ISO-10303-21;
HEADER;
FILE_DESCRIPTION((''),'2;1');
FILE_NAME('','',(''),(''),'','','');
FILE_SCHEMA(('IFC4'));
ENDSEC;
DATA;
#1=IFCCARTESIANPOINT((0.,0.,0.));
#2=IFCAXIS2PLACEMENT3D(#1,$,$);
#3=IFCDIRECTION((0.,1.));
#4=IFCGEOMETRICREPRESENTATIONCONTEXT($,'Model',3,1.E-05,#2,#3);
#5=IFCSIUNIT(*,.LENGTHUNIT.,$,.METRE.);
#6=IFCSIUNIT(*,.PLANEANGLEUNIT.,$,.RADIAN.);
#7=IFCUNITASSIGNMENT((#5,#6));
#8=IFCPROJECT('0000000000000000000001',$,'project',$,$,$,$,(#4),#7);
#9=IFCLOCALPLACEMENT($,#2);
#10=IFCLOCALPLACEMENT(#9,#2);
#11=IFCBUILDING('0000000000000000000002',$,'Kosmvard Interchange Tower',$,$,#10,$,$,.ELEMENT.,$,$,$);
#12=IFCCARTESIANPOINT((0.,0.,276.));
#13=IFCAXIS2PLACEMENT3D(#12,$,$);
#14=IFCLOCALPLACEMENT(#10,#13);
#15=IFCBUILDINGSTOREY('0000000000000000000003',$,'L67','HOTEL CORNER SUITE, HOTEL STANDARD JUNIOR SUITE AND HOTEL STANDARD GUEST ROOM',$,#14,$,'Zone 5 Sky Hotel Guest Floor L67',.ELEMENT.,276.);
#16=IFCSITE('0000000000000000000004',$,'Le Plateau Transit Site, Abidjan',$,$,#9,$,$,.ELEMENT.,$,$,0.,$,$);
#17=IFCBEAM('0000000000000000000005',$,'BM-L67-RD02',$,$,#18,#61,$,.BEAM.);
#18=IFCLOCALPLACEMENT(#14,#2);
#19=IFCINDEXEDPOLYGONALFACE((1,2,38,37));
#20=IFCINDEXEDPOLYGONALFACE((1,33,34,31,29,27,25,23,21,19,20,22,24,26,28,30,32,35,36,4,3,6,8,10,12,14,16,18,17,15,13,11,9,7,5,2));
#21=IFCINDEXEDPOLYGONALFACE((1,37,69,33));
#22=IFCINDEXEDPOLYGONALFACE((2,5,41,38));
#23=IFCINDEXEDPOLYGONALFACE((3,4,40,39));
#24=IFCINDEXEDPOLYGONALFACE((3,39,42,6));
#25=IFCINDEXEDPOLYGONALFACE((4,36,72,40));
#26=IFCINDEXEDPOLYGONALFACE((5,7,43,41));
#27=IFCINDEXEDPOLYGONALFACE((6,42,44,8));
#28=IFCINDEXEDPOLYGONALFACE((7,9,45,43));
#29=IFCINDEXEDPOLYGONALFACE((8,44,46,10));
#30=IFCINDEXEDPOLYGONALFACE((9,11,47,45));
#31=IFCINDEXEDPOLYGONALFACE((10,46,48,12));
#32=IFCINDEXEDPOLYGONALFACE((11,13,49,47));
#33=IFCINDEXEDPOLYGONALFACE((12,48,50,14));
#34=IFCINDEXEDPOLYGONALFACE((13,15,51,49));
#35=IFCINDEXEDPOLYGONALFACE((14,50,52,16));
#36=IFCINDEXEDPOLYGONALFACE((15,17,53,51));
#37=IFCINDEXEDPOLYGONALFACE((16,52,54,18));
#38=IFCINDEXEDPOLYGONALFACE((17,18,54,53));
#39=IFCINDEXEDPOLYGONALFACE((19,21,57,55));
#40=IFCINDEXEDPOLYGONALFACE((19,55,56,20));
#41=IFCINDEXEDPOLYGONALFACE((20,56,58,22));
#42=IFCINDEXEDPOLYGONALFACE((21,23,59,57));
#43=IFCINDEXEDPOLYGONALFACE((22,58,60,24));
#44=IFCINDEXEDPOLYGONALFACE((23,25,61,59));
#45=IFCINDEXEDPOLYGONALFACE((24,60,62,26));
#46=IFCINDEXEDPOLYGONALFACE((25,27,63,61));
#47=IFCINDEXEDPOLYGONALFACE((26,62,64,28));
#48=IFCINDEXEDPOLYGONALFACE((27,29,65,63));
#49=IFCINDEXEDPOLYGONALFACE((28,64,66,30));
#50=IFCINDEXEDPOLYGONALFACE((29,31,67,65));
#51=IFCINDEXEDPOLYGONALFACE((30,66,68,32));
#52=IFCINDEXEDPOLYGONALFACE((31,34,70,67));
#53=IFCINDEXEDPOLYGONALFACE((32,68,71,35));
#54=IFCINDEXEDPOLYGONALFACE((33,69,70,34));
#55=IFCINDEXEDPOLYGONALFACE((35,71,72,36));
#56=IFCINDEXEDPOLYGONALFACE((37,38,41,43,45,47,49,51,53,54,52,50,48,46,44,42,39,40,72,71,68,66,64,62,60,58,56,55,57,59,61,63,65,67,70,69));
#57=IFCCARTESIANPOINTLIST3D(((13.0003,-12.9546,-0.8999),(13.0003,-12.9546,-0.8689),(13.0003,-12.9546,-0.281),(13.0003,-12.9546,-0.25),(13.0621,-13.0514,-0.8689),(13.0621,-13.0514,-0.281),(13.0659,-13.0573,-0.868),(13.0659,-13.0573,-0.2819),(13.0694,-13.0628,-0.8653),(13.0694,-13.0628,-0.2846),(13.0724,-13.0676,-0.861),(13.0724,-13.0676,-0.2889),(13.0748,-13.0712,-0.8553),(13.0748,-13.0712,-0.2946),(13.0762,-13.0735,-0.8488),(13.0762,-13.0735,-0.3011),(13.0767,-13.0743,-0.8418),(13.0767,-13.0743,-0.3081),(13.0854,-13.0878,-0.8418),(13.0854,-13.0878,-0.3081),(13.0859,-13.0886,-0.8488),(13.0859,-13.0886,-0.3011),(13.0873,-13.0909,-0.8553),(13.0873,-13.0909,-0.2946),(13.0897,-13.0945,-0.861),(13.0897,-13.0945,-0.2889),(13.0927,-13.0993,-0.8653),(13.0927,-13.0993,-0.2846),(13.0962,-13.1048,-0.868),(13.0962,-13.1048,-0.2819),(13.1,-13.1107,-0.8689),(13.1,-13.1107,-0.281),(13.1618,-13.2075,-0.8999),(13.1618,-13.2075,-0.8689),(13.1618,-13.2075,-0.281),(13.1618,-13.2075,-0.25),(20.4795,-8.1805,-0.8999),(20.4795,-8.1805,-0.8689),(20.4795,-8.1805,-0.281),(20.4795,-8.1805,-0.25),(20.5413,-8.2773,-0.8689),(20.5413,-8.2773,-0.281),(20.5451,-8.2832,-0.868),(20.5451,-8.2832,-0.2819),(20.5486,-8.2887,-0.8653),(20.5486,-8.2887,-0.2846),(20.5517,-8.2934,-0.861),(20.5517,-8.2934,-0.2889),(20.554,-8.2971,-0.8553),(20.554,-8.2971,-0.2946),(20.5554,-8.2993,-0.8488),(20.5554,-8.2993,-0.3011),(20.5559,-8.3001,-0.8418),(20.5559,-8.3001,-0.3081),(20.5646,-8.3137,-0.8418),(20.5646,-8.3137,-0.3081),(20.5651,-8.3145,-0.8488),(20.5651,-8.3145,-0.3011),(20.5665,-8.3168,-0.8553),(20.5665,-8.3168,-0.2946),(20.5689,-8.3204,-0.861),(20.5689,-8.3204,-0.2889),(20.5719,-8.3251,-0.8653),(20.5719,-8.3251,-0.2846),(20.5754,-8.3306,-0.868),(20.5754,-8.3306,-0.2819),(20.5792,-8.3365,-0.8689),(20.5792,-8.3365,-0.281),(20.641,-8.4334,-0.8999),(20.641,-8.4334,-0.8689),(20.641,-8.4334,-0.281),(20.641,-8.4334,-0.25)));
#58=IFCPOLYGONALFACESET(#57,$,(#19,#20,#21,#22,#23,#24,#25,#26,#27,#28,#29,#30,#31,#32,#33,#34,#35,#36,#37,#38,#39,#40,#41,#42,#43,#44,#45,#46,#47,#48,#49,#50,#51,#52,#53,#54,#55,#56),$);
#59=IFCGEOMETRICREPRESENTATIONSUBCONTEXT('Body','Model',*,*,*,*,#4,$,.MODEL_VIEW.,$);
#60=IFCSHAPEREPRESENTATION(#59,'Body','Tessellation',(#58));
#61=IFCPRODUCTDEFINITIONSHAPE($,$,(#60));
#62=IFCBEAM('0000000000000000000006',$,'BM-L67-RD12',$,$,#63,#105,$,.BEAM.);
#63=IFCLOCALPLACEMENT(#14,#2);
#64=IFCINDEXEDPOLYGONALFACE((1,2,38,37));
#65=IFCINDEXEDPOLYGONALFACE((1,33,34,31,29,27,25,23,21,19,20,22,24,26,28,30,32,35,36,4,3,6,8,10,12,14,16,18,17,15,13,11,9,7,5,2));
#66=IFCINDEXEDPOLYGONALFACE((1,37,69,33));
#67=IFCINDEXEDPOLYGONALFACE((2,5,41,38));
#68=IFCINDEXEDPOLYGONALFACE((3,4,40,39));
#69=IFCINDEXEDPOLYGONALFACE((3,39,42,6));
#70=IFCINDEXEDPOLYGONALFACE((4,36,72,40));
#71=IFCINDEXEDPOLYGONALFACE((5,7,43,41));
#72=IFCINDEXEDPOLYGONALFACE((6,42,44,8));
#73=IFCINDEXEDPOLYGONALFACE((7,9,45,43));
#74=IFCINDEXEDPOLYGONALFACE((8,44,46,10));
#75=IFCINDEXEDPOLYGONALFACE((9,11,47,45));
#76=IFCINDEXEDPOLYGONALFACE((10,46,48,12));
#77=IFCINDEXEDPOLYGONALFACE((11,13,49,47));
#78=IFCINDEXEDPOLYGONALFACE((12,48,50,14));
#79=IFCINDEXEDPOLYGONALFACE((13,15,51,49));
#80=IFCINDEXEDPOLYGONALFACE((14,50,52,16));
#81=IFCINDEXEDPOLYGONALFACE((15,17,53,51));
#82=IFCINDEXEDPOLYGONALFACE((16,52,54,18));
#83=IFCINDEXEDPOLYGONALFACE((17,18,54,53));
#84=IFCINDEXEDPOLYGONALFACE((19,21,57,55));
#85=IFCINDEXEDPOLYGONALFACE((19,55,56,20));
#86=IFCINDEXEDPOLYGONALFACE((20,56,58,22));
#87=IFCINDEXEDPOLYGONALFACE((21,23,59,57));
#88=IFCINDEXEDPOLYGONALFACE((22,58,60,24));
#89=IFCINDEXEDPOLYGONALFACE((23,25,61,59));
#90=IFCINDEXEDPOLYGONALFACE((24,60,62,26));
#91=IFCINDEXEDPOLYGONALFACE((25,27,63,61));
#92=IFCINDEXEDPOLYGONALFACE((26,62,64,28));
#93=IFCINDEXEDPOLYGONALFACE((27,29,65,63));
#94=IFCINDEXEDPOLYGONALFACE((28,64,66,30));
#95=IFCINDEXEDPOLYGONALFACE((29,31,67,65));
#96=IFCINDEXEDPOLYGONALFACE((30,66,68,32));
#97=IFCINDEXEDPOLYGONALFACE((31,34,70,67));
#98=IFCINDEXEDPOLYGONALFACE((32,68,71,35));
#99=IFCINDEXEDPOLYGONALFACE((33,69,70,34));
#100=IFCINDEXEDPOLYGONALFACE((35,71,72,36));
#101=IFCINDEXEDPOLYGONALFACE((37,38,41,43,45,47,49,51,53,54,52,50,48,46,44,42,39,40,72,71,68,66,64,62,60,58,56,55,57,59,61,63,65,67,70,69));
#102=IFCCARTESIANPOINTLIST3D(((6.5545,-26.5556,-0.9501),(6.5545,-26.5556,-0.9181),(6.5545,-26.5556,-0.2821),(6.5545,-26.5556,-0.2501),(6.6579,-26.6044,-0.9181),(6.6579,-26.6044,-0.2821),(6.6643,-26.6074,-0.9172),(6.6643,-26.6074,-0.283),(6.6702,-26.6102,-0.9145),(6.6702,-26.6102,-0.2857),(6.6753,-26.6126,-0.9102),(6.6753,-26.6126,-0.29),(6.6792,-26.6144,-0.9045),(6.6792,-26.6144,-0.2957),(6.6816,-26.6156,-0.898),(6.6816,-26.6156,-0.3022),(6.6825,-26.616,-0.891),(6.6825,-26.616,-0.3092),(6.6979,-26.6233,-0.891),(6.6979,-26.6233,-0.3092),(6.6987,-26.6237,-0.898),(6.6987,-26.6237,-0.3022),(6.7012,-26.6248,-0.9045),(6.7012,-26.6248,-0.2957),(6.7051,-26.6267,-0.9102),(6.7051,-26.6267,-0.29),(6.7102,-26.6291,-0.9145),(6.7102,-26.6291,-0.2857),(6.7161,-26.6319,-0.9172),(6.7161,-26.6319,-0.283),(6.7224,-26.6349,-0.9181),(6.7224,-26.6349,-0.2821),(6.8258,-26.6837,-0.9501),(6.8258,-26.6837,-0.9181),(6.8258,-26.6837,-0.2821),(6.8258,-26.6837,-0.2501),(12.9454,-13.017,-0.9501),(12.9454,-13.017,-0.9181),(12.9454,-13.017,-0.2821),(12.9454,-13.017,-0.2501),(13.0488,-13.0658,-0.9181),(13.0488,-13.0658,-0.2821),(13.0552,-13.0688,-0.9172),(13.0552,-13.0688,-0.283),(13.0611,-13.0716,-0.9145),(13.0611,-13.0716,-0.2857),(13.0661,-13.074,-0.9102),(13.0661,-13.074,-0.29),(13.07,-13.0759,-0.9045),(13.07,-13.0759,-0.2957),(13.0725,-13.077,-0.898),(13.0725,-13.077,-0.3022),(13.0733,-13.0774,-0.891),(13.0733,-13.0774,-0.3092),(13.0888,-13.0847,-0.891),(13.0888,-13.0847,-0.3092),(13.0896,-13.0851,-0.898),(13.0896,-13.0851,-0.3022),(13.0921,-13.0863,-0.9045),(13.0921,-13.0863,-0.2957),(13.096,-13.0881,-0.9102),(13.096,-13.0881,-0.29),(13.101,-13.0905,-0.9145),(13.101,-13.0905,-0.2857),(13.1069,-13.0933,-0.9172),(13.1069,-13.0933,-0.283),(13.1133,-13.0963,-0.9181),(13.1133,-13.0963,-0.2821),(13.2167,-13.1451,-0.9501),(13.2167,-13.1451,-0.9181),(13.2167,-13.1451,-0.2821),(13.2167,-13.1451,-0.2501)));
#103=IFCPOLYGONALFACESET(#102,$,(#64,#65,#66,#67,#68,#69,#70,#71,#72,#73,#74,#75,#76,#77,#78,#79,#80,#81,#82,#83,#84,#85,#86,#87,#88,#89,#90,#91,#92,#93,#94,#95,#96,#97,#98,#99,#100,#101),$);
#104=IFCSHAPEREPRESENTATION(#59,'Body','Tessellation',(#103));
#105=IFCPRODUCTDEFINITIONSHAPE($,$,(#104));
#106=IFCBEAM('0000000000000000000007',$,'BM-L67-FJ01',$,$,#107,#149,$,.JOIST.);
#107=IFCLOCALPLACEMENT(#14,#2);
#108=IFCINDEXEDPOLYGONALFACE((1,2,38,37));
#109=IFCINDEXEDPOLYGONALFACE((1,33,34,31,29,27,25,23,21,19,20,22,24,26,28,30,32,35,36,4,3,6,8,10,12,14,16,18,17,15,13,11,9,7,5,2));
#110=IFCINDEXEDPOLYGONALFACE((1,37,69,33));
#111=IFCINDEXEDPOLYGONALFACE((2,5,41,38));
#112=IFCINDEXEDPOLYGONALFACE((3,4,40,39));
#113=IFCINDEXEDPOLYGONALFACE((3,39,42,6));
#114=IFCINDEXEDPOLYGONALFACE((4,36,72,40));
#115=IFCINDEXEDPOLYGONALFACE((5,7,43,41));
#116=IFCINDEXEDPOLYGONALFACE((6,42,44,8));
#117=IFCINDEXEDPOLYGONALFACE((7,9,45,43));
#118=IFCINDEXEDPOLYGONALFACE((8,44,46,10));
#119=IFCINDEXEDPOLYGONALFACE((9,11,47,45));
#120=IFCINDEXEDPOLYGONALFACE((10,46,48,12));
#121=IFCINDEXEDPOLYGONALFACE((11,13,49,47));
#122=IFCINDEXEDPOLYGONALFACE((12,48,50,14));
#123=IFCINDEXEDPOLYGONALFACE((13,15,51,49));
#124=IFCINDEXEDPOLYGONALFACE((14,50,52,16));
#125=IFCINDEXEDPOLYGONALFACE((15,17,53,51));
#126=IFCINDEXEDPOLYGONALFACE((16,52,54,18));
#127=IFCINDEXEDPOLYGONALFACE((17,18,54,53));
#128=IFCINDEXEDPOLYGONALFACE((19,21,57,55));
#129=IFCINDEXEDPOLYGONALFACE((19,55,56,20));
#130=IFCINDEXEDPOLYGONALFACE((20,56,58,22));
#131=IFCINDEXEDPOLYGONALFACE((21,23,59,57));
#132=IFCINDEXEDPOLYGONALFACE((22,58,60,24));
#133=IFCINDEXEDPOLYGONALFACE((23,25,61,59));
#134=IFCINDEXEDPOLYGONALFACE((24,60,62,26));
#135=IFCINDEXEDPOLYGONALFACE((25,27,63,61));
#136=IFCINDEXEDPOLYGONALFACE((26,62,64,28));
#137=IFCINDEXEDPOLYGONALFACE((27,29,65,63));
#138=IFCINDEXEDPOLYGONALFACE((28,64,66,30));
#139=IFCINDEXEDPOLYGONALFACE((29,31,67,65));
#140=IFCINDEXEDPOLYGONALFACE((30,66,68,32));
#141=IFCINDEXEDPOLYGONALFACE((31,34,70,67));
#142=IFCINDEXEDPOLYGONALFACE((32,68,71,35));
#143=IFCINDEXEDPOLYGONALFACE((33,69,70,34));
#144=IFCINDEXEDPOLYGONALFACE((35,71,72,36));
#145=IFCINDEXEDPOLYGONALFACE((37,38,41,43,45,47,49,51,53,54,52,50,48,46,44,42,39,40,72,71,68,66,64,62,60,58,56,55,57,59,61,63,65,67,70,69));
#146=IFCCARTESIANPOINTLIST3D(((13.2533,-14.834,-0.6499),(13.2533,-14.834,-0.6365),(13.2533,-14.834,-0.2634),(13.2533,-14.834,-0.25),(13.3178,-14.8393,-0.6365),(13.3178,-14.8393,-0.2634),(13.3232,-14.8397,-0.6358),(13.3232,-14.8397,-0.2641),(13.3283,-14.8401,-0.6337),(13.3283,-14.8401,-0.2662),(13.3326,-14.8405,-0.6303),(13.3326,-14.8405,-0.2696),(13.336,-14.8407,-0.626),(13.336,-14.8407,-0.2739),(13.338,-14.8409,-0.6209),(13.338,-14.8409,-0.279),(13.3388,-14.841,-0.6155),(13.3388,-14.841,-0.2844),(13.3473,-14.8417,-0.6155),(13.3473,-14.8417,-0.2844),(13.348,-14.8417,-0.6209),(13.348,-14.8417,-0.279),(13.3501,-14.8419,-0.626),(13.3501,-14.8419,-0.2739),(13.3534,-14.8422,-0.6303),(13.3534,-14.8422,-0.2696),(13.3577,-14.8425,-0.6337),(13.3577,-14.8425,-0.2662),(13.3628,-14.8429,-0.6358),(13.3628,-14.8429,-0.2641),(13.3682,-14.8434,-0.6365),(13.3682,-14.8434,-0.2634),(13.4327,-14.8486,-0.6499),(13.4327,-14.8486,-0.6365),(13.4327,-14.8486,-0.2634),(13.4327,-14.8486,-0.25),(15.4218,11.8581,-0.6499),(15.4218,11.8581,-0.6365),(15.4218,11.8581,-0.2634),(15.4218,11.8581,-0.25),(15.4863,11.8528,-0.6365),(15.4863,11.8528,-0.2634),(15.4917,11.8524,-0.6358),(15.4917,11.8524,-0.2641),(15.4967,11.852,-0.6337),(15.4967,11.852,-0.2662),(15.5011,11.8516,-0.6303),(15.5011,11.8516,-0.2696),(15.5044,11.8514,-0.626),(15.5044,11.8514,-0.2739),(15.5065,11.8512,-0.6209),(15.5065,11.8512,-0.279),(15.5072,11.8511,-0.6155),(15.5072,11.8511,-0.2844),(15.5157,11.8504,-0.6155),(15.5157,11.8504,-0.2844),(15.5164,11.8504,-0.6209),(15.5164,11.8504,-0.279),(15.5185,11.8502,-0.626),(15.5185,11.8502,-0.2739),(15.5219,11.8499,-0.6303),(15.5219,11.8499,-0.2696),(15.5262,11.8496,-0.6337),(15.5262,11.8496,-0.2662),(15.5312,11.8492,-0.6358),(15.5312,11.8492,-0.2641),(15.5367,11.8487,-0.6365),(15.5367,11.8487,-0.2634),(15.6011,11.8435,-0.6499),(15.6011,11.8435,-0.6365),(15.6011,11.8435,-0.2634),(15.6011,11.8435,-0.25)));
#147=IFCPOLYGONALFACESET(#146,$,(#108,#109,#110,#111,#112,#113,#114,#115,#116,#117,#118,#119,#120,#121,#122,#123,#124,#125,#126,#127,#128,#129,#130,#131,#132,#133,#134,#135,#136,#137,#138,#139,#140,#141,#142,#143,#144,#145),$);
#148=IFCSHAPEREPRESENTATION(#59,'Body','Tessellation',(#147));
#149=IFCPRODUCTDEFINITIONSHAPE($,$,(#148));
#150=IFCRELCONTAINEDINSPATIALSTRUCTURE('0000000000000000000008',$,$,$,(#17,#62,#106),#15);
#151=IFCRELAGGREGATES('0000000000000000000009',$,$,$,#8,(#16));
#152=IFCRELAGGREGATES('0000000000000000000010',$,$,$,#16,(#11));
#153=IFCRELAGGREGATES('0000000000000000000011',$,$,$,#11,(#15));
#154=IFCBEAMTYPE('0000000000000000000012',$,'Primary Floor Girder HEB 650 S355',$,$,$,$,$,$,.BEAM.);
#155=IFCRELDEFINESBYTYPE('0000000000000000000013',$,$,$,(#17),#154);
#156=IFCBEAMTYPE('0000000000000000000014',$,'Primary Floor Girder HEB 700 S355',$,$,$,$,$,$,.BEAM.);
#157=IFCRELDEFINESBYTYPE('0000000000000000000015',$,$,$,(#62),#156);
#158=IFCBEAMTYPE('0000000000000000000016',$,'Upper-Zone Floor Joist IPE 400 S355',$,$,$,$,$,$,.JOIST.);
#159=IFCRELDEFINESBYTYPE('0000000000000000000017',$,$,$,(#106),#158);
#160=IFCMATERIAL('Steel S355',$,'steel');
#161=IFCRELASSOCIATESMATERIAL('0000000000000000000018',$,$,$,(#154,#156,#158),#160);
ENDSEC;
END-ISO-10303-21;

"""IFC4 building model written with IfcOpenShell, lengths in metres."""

from ifc_helpers import new_model, si_unit, direction, frame, origin, origin_2d, place, context, subcontext, project, spatial, i_section, extrude, source, transform, mapped, material, material_profile, profile_set, type_object, element, save


model = new_model("IFC4")

# Units and contexts
model_context = context("Model", 3, precision=1e-05, world=origin(), true_north=direction((0.0, 1.0)))
body_context = subcontext(model_context, "Body", "Model", "MODEL_VIEW")
ifc_project = project(units=[si_unit("LENGTHUNIT", "METRE"), si_unit("PLANEANGLEUNIT", "RADIAN")], contexts=[model_context])

# Site, building, storey
site_placement = place(None, origin())
site = spatial("IfcSite", under=ifc_project, at=site_placement, Name="Le Plateau Transit Site, Abidjan", CompositionType="ELEMENT", RefElevation=0.0)
building_placement = place(site_placement, origin())
building = spatial("IfcBuilding", under=site, at=building_placement, Name="Kosmvard Interchange Tower", CompositionType="ELEMENT")
storey_placement = place(building_placement, frame((0.0, 0.0, 276.0)))
storey = spatial("IfcBuildingStorey", under=building, at=storey_placement, Name="L67", Description="HOTEL CORNER SUITE, HOTEL STANDARD JUNIOR SUITE AND HOTEL STANDARD GUEST ROOM", LongName="Zone 5 Sky Hotel Guest Floor L67", CompositionType="ELEMENT", Elevation=276.0)

# Beams
ifc_material_1 = material(Name="Steel S355", Category="steel")
ifc_material_profile_1 = material_profile(ifc_material_1, i_section(OverallWidth=0.3, OverallDepth=0.6499, WebThickness=0.0161, FlangeThickness=0.031, FilletRadius=0.0271, at=origin_2d()), Name="HEB 650")
ifc_profile_set_1 = profile_set([ifc_material_profile_1], Name="Steel S355")
beam_type_1 = type_object("IfcBeamType", Name="Primary Floor Girder HEB 650 S355", PredefinedType="BEAM", material=ifc_profile_set_1)
shared_shape_1 = source(origin(), body_context, "Body", "SweptSolid", [
    extrude(i_section(OverallWidth=0.3, OverallDepth=0.6499, WebThickness=0.0161, FlangeThickness=0.031, FilletRadius=0.0271, at=origin_2d()), origin(), (0.0, 0.0, 1.0), 8.873),
])
beam_1_placement = place(storey_placement, frame((13.0811, -13.0811, -0.575), z_axis=(0.842913, 0.53805, 0.0), x_axis=(-0.53805, 0.842913, 0.0)))
element("IfcBeam", 1, at=beam_1_placement, inside=storey, type_object=beam_type_1, Name="BM-L67-RD02", PredefinedType="BEAM", context=body_context, shape_type="MappedRepresentation", body=[
    mapped(shared_shape_1, transform((0.0, 0.0, 0.0), scale=1.0)),
])
ifc_material_profile_2 = material_profile(ifc_material_1, i_section(OverallWidth=0.3, OverallDepth=0.7, WebThickness=0.0171, FlangeThickness=0.032, FilletRadius=0.0271, at=origin_2d()), Name="HEB 700")
ifc_profile_set_2 = profile_set([ifc_material_profile_2], Name="Steel S355")
beam_type_2 = type_object("IfcBeamType", Name="Primary Floor Girder HEB 700 S355", PredefinedType="BEAM", material=ifc_profile_set_2)
shared_shape_2 = source(origin(), body_context, "Body", "SweptSolid", [
    extrude(i_section(OverallWidth=0.3, OverallDepth=0.7, WebThickness=0.0171, FlangeThickness=0.032, FilletRadius=0.0271, at=origin_2d()), origin(), (0.0, 0.0, 1.0), 14.9712),
])
beam_2_placement = place(storey_placement, frame((13.0811, -13.0811, -0.6001), z_axis=(-0.426878, -0.904309, 0.0), x_axis=(0.904309, -0.426878, 0.0)))
element("IfcBeam", 2, at=beam_2_placement, inside=storey, type_object=beam_type_2, Name="BM-L67-RD12", PredefinedType="BEAM", context=body_context, shape_type="MappedRepresentation", body=[
    mapped(shared_shape_2, transform((0.0, 0.0, 0.0), scale=1.0)),
])
ifc_material_profile_3 = material_profile(ifc_material_1, i_section(OverallWidth=0.1799, OverallDepth=0.3999, WebThickness=0.0085, FlangeThickness=0.0134, FilletRadius=0.021, at=origin_2d()), Name="IPE 400")
ifc_profile_set_3 = profile_set([ifc_material_profile_3], Name="Steel S355")
beam_type_3 = type_object("IfcBeamType", Name="Upper-Zone Floor Joist IPE 400 S355", PredefinedType="JOIST", material=ifc_profile_set_3)
shared_shape_3 = source(origin(), body_context, "Body", "SweptSolid", [
    extrude(i_section(OverallWidth=0.1799, OverallDepth=0.3999, WebThickness=0.0085, FlangeThickness=0.0134, FilletRadius=0.021, at=origin_2d()), origin(), (0.0, 0.0, 1.0), 26.78),
])
beam_3_placement = place(storey_placement, frame((13.343, -14.8413, -0.45), z_axis=(0.080973, 0.996716, 0.0), x_axis=(-0.996716, 0.080973, 0.0)))
element("IfcBeam", 3, at=beam_3_placement, inside=storey, type_object=beam_type_3, Name="BM-L67-FJ01", PredefinedType="JOIST", context=body_context, shape_type="MappedRepresentation", body=[
    mapped(shared_shape_3, transform((0.0, 0.0, 0.0), scale=1.0)),
])

save(model, "model.ifc")
